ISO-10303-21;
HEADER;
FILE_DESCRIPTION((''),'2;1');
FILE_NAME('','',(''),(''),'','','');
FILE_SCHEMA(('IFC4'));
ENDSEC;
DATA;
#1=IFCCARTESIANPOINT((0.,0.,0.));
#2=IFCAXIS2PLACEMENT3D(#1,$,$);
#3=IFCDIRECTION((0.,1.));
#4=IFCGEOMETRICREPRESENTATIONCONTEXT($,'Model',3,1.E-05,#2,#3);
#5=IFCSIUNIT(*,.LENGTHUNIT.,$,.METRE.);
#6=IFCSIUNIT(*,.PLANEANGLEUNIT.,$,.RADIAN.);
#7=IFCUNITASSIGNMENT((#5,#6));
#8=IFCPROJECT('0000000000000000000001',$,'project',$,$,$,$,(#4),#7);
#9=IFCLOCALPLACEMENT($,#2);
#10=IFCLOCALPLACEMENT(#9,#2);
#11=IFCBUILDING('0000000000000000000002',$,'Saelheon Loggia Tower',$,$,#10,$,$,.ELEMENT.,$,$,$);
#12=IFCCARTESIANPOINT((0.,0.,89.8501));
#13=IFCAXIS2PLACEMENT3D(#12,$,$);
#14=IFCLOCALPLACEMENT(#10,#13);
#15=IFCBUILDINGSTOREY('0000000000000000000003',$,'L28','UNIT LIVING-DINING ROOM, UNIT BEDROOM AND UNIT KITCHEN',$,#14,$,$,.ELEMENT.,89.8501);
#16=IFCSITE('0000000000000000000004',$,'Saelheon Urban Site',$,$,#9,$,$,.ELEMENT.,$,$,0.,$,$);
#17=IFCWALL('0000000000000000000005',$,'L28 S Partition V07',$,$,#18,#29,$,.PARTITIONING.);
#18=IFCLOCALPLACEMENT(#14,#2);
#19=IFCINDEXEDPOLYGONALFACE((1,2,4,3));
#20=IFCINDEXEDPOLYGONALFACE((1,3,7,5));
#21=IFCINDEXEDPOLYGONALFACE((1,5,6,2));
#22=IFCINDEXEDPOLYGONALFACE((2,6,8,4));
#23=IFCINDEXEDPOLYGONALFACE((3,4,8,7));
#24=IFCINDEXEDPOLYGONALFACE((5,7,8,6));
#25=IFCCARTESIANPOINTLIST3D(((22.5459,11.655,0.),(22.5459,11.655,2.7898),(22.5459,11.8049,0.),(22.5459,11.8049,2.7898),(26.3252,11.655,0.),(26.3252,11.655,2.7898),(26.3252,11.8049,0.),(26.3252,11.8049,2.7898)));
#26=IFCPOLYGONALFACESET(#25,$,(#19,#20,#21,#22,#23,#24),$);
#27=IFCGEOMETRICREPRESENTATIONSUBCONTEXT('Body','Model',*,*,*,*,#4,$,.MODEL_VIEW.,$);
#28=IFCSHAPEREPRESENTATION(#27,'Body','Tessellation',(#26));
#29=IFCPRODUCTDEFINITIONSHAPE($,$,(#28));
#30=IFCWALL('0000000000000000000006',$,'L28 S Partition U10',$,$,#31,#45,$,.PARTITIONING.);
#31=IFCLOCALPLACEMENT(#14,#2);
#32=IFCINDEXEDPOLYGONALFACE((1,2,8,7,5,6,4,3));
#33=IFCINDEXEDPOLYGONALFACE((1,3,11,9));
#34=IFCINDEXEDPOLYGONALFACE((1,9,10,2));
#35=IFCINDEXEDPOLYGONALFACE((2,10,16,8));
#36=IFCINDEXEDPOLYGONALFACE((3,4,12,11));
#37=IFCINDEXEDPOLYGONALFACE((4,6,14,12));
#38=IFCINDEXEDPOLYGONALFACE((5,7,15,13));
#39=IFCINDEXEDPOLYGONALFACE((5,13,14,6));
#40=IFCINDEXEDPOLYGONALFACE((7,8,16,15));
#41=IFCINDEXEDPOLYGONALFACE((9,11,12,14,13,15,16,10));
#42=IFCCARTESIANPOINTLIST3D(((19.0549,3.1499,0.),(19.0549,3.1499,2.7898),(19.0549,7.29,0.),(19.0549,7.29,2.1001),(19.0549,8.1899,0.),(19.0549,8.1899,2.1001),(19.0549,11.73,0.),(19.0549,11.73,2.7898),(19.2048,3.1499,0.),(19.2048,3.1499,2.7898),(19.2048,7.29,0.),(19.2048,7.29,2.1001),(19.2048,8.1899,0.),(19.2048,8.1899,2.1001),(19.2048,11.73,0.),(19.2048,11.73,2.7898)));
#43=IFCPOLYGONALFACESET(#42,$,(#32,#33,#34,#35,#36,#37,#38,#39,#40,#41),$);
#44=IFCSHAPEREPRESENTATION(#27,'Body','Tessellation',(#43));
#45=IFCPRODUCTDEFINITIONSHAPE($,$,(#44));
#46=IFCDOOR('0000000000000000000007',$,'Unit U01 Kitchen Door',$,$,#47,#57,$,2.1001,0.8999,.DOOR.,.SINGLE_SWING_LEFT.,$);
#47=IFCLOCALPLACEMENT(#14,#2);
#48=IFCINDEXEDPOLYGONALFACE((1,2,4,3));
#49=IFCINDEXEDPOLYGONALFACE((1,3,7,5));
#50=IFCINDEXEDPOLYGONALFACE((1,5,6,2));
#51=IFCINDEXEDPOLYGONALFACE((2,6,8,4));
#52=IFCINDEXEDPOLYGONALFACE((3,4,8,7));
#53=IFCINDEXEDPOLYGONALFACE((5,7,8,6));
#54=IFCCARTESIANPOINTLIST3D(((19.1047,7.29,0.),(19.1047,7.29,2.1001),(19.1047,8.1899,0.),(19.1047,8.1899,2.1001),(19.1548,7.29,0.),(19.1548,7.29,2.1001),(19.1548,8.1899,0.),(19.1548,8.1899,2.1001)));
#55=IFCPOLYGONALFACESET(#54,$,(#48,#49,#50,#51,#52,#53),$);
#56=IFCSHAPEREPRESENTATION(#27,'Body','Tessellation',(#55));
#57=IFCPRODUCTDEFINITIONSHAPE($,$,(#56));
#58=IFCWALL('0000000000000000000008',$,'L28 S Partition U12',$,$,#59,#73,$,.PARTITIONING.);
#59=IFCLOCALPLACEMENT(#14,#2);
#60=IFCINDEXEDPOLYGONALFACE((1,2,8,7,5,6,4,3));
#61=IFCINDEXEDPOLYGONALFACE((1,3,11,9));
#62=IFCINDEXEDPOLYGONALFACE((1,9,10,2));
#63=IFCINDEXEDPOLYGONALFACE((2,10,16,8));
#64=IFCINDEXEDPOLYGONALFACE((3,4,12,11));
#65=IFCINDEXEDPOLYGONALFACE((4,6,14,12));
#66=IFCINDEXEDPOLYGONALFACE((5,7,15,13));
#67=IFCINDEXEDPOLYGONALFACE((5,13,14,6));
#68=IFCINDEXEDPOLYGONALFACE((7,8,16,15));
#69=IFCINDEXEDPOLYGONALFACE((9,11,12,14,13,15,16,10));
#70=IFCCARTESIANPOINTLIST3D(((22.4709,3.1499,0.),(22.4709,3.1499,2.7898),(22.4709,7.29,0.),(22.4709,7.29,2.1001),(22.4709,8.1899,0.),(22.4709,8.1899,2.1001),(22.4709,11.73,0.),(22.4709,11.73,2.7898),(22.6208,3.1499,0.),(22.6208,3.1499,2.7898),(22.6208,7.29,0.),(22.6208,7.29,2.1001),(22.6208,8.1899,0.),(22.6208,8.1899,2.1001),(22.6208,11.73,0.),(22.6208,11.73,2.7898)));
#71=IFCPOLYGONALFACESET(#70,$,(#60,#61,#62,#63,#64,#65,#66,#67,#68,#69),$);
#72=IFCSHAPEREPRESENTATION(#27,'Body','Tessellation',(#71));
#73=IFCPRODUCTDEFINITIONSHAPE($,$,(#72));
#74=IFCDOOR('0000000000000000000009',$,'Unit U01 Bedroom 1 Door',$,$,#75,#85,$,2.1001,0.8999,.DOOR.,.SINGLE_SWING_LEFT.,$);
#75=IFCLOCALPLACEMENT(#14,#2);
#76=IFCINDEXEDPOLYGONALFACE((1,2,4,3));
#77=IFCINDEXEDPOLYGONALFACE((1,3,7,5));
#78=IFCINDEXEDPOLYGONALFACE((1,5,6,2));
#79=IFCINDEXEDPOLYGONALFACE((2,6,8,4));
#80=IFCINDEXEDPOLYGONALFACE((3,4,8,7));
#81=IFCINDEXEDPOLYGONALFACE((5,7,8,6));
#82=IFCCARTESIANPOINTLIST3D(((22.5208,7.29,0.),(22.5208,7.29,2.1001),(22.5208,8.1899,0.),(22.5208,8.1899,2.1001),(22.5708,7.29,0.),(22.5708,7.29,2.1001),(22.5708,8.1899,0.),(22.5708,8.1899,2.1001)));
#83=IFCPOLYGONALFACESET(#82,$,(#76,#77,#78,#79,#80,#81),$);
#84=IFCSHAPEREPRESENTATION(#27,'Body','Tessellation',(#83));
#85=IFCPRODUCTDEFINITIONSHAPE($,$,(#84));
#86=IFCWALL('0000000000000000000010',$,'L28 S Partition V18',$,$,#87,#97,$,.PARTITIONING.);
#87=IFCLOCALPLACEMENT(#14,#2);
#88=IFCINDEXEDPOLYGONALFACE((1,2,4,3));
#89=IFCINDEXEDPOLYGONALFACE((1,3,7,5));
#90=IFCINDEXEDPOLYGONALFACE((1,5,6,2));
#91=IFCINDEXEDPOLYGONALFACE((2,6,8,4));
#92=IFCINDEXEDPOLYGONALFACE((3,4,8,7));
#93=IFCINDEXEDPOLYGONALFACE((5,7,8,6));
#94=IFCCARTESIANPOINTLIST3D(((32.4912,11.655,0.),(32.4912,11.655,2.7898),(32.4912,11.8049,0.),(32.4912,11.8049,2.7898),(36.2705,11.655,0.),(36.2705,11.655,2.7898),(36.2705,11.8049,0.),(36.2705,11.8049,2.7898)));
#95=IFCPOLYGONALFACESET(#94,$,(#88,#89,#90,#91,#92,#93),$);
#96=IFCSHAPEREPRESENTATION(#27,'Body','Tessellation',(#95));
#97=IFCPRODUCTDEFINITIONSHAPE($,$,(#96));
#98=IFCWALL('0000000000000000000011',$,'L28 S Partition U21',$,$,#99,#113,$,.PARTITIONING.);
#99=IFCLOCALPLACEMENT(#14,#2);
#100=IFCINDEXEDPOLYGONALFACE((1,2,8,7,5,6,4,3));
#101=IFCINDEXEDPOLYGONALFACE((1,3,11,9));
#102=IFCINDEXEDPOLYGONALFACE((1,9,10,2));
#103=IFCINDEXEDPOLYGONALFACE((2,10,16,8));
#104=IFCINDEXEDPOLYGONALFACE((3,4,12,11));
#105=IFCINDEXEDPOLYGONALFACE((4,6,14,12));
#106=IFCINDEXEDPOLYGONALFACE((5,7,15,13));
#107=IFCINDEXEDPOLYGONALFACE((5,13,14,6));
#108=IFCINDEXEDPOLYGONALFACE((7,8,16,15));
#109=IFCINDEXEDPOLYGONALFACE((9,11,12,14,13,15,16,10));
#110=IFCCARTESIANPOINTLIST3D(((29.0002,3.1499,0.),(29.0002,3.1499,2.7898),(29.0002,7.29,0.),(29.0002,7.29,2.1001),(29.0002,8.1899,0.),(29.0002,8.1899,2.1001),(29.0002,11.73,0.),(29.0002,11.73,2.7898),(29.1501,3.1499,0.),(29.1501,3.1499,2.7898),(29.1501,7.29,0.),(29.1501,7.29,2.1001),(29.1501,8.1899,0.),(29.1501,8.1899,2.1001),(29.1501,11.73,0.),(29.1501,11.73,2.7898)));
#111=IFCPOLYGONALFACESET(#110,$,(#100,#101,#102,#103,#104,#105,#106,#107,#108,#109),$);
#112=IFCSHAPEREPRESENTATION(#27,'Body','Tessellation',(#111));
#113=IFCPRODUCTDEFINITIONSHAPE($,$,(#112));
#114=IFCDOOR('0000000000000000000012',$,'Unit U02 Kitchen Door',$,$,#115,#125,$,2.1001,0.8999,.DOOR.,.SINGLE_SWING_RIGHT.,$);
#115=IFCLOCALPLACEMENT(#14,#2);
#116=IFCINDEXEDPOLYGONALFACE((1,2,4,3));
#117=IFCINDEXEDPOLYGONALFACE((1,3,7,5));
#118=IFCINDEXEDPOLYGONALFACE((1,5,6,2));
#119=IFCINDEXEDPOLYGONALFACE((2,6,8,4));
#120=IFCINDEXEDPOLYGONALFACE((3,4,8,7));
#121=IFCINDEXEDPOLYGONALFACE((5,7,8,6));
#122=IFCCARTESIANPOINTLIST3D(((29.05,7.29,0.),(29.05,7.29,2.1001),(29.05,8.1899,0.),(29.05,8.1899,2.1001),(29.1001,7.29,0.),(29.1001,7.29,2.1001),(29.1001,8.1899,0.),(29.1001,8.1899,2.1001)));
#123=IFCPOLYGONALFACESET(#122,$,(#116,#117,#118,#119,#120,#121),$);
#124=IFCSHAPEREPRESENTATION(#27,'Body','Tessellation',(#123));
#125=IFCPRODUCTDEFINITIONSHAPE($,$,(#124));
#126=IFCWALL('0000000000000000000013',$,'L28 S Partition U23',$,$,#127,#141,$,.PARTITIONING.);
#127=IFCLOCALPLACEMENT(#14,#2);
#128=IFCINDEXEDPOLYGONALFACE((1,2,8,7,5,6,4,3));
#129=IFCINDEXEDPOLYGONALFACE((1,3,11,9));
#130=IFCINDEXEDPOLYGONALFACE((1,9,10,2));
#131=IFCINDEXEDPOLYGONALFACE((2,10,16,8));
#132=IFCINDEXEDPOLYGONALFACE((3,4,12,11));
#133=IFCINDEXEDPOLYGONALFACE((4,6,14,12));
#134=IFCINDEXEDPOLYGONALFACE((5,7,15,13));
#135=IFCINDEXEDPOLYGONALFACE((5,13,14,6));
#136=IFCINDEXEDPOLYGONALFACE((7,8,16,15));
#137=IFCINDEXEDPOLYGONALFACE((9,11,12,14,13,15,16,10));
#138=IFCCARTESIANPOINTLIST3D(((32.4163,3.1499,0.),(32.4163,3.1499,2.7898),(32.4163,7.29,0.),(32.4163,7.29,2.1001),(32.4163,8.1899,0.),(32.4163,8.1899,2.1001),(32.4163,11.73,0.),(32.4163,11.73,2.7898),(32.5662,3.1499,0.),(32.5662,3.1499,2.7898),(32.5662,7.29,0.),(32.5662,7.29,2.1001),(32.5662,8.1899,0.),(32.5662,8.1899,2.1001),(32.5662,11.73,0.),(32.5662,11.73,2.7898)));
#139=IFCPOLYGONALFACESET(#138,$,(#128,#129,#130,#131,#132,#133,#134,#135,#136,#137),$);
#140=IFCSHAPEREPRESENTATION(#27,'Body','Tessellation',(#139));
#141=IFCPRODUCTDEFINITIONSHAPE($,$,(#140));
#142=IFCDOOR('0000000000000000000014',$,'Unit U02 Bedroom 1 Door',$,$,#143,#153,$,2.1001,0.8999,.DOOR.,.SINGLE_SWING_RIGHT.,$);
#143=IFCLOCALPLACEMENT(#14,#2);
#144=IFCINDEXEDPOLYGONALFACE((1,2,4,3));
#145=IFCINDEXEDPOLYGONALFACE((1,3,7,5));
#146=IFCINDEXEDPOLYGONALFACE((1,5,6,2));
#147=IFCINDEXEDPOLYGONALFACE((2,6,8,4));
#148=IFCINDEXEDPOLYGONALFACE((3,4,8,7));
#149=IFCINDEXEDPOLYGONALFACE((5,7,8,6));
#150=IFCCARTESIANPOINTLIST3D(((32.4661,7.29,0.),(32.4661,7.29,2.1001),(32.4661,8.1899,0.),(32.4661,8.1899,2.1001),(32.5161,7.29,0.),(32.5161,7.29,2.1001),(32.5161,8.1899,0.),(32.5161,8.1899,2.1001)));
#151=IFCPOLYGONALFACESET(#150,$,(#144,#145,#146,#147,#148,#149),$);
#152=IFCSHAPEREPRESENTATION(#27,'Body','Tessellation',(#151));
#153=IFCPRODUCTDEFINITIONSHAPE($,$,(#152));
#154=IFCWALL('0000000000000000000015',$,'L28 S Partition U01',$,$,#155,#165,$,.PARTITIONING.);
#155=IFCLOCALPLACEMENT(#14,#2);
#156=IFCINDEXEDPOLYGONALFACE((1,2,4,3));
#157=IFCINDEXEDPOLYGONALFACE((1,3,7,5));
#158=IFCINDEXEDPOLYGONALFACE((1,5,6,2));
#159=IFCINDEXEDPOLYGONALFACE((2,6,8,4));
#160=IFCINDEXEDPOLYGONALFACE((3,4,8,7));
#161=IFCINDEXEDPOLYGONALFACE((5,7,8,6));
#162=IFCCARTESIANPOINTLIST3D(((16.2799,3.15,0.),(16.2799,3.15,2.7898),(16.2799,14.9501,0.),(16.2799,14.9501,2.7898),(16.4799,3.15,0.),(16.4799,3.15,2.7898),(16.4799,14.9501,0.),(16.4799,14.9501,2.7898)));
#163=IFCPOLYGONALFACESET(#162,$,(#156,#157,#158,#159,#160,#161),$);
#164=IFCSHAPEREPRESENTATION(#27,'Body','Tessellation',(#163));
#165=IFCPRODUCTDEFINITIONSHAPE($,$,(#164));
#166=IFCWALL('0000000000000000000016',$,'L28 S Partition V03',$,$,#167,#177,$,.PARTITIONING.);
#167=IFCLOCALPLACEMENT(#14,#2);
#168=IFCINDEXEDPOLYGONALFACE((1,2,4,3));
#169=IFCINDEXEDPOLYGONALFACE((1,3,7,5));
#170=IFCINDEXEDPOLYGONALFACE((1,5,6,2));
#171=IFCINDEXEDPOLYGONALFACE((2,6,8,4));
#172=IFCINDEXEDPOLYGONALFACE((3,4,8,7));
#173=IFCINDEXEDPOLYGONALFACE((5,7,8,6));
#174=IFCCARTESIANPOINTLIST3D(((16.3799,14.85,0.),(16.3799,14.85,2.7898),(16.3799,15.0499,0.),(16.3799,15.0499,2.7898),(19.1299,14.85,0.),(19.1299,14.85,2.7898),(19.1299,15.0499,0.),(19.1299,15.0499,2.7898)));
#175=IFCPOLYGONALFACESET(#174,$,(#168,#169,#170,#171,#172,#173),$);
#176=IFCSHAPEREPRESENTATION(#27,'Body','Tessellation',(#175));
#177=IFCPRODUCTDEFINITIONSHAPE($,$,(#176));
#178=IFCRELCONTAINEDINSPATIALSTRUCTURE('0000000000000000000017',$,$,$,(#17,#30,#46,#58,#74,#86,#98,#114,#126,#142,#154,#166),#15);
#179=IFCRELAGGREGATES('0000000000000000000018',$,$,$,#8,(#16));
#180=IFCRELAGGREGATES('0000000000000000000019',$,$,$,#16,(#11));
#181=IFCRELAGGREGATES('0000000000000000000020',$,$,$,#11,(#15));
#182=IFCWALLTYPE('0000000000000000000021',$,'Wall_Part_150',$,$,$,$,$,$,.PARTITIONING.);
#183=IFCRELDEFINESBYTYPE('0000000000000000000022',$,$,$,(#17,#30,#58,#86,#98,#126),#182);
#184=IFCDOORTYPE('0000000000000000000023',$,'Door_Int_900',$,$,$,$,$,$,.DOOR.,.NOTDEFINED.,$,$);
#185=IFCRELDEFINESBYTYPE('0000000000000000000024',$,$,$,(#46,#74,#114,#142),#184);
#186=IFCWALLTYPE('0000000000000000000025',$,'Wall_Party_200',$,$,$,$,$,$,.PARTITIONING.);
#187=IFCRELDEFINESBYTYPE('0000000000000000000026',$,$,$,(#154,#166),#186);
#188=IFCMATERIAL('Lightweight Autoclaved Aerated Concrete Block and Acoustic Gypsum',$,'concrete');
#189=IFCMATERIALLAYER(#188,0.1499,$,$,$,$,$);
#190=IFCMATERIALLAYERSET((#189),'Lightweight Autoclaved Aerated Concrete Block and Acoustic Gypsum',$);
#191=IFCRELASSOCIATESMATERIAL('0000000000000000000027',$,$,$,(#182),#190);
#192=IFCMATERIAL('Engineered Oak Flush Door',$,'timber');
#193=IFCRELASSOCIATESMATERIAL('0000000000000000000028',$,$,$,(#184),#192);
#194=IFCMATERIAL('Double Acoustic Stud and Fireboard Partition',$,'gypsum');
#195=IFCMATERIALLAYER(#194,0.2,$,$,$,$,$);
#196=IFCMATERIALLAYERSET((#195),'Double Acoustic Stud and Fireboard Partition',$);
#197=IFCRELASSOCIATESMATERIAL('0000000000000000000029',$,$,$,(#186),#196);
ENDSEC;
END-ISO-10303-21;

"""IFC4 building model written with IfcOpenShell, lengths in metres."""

from ifc_helpers import new_model, si_unit, direction, frame, frame_2d, origin, place, context, subcontext, project, spatial, rectangle, extrude, source, transform, mapped, material, layer, layer_set, type_object, element, fill, save


model = new_model("IFC4")

# Units and contexts
model_context = context("Model", 3, precision=1e-05, world=origin(), true_north=direction((0.0, 1.0)))
body_context = subcontext(model_context, "Body", "Model", "MODEL_VIEW")
ifc_project = project(units=[si_unit("LENGTHUNIT", "METRE"), si_unit("PLANEANGLEUNIT", "RADIAN")], contexts=[model_context])

# Site, building, storey
site_placement = place(None, origin())
site = spatial("IfcSite", under=ifc_project, at=site_placement, Name="Saelheon Urban Site", CompositionType="ELEMENT", RefElevation=0.0)
building_placement = place(site_placement, origin())
building = spatial("IfcBuilding", under=site, at=building_placement, Name="Saelheon Loggia Tower", CompositionType="ELEMENT")
storey_placement = place(building_placement, frame((0.0, 0.0, 89.8501)))
storey = spatial("IfcBuildingStorey", under=building, at=storey_placement, Name="L28", Description="UNIT LIVING-DINING ROOM, UNIT BEDROOM AND UNIT KITCHEN", CompositionType="ELEMENT", Elevation=89.8501)

# Wall
ifc_material_1 = material(Name="Lightweight Autoclaved Aerated Concrete Block and Acoustic Gypsum", Category="concrete")
ifc_layer_1 = layer(ifc_material_1, 0.1499)
ifc_layer_set_1 = layer_set([ifc_layer_1], Name="Lightweight Autoclaved Aerated Concrete Block and Acoustic Gypsum")
wall_type_1 = type_object("IfcWallType", Name="Wall_Part_150", PredefinedType="PARTITIONING", material=ifc_layer_set_1)
wall_1_placement = place(storey_placement, frame((22.5459, 11.73, 0.0), z_axis=(0.0, 0.0, 1.0), x_axis=(1.0, 0.0, 0.0)))
element("IfcWall", 1, at=wall_1_placement, inside=storey, type_object=wall_type_1, Name="L28 S Partition V07", PredefinedType="PARTITIONING", context=body_context, shape_type="SweptSolid", body=[
    extrude(rectangle(XDim=3.7793, YDim=0.1499, at=frame_2d((1.8896, 0.0))), origin(), (0.0, 0.0, 1.0), 2.7898),
])

# Walls, openings, doors
wall_2_placement = place(storey_placement, frame((19.1299, 11.73, 0.0), z_axis=(0.0, 0.0, 1.0), x_axis=(0.0, -1.0, 0.0)))
wall_2 = element("IfcWall", 2, at=wall_2_placement, inside=storey, type_object=wall_type_1, Name="L28 S Partition U10", PredefinedType="PARTITIONING", context=body_context, shape_type="SweptSolid", body=[
    extrude(rectangle(XDim=8.5801, YDim=0.1499, at=frame_2d((4.29, 0.0))), origin(), (0.0, 0.0, 1.0), 2.7898),
])
opening_1_placement = place(wall_2_placement, frame((3.54, 0.0, 0.0)))
opening_1 = element("IfcOpeningElement", 3, at=opening_1_placement, cuts=wall_2, PredefinedType="OPENING", context=body_context, shape_type="SweptSolid", body=[
    extrude(rectangle(XDim=0.8999, YDim=2.1001, at=frame_2d((0.45, 1.05))), frame((0.0, 0.0869, 0.0), z_axis=(0.0, -1.0, 0.0), x_axis=(1.0, 0.0, 0.0)), (0.0, 0.0, 1.0), 0.1738),
])
ifc_material_2 = material(Name="Engineered Oak Flush Door", Category="timber")
door_type_1 = type_object("IfcDoorType", Name="Door_Int_900", OperationType="NOTDEFINED", PredefinedType="DOOR", material=ifc_material_2)
shared_shape_1 = source(origin(), body_context, "Body", "SweptSolid", [
    extrude(rectangle(XDim=0.8999, YDim=2.1001, at=frame_2d((0.45, 1.05))), frame((0.0, 0.0249, 0.0), z_axis=(0.0, -1.0, 0.0), x_axis=(1.0, 0.0, 0.0)), (0.0, 0.0, 1.0), 0.05),
])
door_1_placement = place(opening_1_placement, origin())
door_1 = element("IfcDoor", 4, at=door_1_placement, inside=storey, type_object=door_type_1, Name="Unit U01 Kitchen Door", OperationType="SINGLE_SWING_LEFT", OverallHeight=2.1001, OverallWidth=0.8999, PredefinedType="DOOR", context=body_context, shape_type="MappedRepresentation", body=[
    mapped(shared_shape_1, transform((0.0, 0.0, 0.0), scale=1.0)),
])
fill(opening_1, door_1)
wall_3_placement = place(storey_placement, frame((22.5459, 11.73, 0.0), z_axis=(0.0, 0.0, 1.0), x_axis=(0.0, -1.0, 0.0)))
wall_3 = element("IfcWall", 5, at=wall_3_placement, inside=storey, type_object=wall_type_1, Name="L28 S Partition U12", PredefinedType="PARTITIONING", context=body_context, shape_type="SweptSolid", body=[
    extrude(rectangle(XDim=8.5801, YDim=0.1499, at=frame_2d((4.29, 0.0))), origin(), (0.0, 0.0, 1.0), 2.7898),
])
opening_2_placement = place(wall_3_placement, frame((3.54, 0.0, 0.0)))
opening_2 = element("IfcOpeningElement", 6, at=opening_2_placement, cuts=wall_3, PredefinedType="OPENING", context=body_context, shape_type="SweptSolid", body=[
    extrude(rectangle(XDim=0.8999, YDim=2.1001, at=frame_2d((0.45, 1.05))), frame((0.0, 0.0869, 0.0), z_axis=(0.0, -1.0, 0.0), x_axis=(1.0, 0.0, 0.0)), (0.0, 0.0, 1.0), 0.1738),
])
door_2_placement = place(opening_2_placement, origin())
door_2 = element("IfcDoor", 7, at=door_2_placement, inside=storey, type_object=door_type_1, Name="Unit U01 Bedroom 1 Door", OperationType="SINGLE_SWING_LEFT", OverallHeight=2.1001, OverallWidth=0.8999, PredefinedType="DOOR", context=body_context, shape_type="MappedRepresentation", body=[
    mapped(shared_shape_1, transform((0.0, 0.0, 0.0), scale=1.0)),
])
fill(opening_2, door_2)

# Wall
wall_4_placement = place(storey_placement, frame((32.4912, 11.73, 0.0), z_axis=(0.0, 0.0, 1.0), x_axis=(1.0, 0.0, 0.0)))
element("IfcWall", 8, at=wall_4_placement, inside=storey, type_object=wall_type_1, Name="L28 S Partition V18", PredefinedType="PARTITIONING", context=body_context, shape_type="SweptSolid", body=[
    extrude(rectangle(XDim=3.7793, YDim=0.1499, at=frame_2d((1.8896, 0.0))), origin(), (0.0, 0.0, 1.0), 2.7898),
])

# Walls, openings, doors
wall_5_placement = place(storey_placement, frame((29.0752, 11.73, 0.0), z_axis=(0.0, 0.0, 1.0), x_axis=(0.0, -1.0, 0.0)))
wall_5 = element("IfcWall", 9, at=wall_5_placement, inside=storey, type_object=wall_type_1, Name="L28 S Partition U21", PredefinedType="PARTITIONING", context=body_context, shape_type="SweptSolid", body=[
    extrude(rectangle(XDim=8.5801, YDim=0.1499, at=frame_2d((4.29, 0.0))), origin(), (0.0, 0.0, 1.0), 2.7898),
])
opening_3_placement = place(wall_5_placement, frame((3.54, 0.0, 0.0)))
opening_3 = element("IfcOpeningElement", 10, at=opening_3_placement, cuts=wall_5, PredefinedType="OPENING", context=body_context, shape_type="SweptSolid", body=[
    extrude(rectangle(XDim=0.8999, YDim=2.1001, at=frame_2d((0.45, 1.05))), frame((0.0, 0.0869, 0.0), z_axis=(0.0, -1.0, 0.0), x_axis=(1.0, 0.0, 0.0)), (0.0, 0.0, 1.0), 0.1738),
])
door_3_placement = place(opening_3_placement, origin())
door_3 = element("IfcDoor", 11, at=door_3_placement, inside=storey, type_object=door_type_1, Name="Unit U02 Kitchen Door", OperationType="SINGLE_SWING_RIGHT", OverallHeight=2.1001, OverallWidth=0.8999, PredefinedType="DOOR", context=body_context, shape_type="MappedRepresentation", body=[
    mapped(shared_shape_1, transform((0.0, 0.0, 0.0), scale=1.0)),
])
fill(opening_3, door_3)
wall_6_placement = place(storey_placement, frame((32.4912, 11.73, 0.0), z_axis=(0.0, 0.0, 1.0), x_axis=(0.0, -1.0, 0.0)))
wall_6 = element("IfcWall", 12, at=wall_6_placement, inside=storey, type_object=wall_type_1, Name="L28 S Partition U23", PredefinedType="PARTITIONING", context=body_context, shape_type="SweptSolid", body=[
    extrude(rectangle(XDim=8.5801, YDim=0.1499, at=frame_2d((4.29, 0.0))), origin(), (0.0, 0.0, 1.0), 2.7898),
])
opening_4_placement = place(wall_6_placement, frame((3.54, 0.0, 0.0)))
opening_4 = element("IfcOpeningElement", 13, at=opening_4_placement, cuts=wall_6, PredefinedType="OPENING", context=body_context, shape_type="SweptSolid", body=[
    extrude(rectangle(XDim=0.8999, YDim=2.1001, at=frame_2d((0.45, 1.05))), frame((0.0, 0.0869, 0.0), z_axis=(0.0, -1.0, 0.0), x_axis=(1.0, 0.0, 0.0)), (0.0, 0.0, 1.0), 0.1738),
])
door_4_placement = place(opening_4_placement, origin())
door_4 = element("IfcDoor", 14, at=door_4_placement, inside=storey, type_object=door_type_1, Name="Unit U02 Bedroom 1 Door", OperationType="SINGLE_SWING_RIGHT", OverallHeight=2.1001, OverallWidth=0.8999, PredefinedType="DOOR", context=body_context, shape_type="MappedRepresentation", body=[
    mapped(shared_shape_1, transform((0.0, 0.0, 0.0), scale=1.0)),
])
fill(opening_4, door_4)

# Walls
ifc_material_3 = material(Name="Double Acoustic Stud and Fireboard Partition", Category="gypsum")
ifc_layer_2 = layer(ifc_material_3, 0.2)
ifc_layer_set_2 = layer_set([ifc_layer_2], Name="Double Acoustic Stud and Fireboard Partition")
wall_type_2 = type_object("IfcWallType", Name="Wall_Party_200", PredefinedType="PARTITIONING", material=ifc_layer_set_2)
wall_7_placement = place(storey_placement, frame((16.3799, 14.95, 0.0), z_axis=(0.0, 0.0, 1.0), x_axis=(0.0, -1.0, 0.0)))
element("IfcWall", 15, at=wall_7_placement, inside=storey, type_object=wall_type_2, Name="L28 S Partition U01", PredefinedType="PARTITIONING", context=body_context, shape_type="SweptSolid", body=[
    extrude(rectangle(XDim=11.8, YDim=0.2, at=frame_2d((5.8999, 0.0))), origin(), (0.0, 0.0, 1.0), 2.7898),
])
wall_8_placement = place(storey_placement, frame((16.3799, 14.95, 0.0), z_axis=(0.0, 0.0, 1.0), x_axis=(1.0, 0.0, 0.0)))
element("IfcWall", 16, at=wall_8_placement, inside=storey, type_object=wall_type_2, Name="L28 S Partition V03", PredefinedType="PARTITIONING", context=body_context, shape_type="SweptSolid", body=[
    extrude(rectangle(XDim=2.75, YDim=0.2, at=frame_2d((1.375, 0.0))), origin(), (0.0, 0.0, 1.0), 2.7898),
])

save(model, "model.ifc")
